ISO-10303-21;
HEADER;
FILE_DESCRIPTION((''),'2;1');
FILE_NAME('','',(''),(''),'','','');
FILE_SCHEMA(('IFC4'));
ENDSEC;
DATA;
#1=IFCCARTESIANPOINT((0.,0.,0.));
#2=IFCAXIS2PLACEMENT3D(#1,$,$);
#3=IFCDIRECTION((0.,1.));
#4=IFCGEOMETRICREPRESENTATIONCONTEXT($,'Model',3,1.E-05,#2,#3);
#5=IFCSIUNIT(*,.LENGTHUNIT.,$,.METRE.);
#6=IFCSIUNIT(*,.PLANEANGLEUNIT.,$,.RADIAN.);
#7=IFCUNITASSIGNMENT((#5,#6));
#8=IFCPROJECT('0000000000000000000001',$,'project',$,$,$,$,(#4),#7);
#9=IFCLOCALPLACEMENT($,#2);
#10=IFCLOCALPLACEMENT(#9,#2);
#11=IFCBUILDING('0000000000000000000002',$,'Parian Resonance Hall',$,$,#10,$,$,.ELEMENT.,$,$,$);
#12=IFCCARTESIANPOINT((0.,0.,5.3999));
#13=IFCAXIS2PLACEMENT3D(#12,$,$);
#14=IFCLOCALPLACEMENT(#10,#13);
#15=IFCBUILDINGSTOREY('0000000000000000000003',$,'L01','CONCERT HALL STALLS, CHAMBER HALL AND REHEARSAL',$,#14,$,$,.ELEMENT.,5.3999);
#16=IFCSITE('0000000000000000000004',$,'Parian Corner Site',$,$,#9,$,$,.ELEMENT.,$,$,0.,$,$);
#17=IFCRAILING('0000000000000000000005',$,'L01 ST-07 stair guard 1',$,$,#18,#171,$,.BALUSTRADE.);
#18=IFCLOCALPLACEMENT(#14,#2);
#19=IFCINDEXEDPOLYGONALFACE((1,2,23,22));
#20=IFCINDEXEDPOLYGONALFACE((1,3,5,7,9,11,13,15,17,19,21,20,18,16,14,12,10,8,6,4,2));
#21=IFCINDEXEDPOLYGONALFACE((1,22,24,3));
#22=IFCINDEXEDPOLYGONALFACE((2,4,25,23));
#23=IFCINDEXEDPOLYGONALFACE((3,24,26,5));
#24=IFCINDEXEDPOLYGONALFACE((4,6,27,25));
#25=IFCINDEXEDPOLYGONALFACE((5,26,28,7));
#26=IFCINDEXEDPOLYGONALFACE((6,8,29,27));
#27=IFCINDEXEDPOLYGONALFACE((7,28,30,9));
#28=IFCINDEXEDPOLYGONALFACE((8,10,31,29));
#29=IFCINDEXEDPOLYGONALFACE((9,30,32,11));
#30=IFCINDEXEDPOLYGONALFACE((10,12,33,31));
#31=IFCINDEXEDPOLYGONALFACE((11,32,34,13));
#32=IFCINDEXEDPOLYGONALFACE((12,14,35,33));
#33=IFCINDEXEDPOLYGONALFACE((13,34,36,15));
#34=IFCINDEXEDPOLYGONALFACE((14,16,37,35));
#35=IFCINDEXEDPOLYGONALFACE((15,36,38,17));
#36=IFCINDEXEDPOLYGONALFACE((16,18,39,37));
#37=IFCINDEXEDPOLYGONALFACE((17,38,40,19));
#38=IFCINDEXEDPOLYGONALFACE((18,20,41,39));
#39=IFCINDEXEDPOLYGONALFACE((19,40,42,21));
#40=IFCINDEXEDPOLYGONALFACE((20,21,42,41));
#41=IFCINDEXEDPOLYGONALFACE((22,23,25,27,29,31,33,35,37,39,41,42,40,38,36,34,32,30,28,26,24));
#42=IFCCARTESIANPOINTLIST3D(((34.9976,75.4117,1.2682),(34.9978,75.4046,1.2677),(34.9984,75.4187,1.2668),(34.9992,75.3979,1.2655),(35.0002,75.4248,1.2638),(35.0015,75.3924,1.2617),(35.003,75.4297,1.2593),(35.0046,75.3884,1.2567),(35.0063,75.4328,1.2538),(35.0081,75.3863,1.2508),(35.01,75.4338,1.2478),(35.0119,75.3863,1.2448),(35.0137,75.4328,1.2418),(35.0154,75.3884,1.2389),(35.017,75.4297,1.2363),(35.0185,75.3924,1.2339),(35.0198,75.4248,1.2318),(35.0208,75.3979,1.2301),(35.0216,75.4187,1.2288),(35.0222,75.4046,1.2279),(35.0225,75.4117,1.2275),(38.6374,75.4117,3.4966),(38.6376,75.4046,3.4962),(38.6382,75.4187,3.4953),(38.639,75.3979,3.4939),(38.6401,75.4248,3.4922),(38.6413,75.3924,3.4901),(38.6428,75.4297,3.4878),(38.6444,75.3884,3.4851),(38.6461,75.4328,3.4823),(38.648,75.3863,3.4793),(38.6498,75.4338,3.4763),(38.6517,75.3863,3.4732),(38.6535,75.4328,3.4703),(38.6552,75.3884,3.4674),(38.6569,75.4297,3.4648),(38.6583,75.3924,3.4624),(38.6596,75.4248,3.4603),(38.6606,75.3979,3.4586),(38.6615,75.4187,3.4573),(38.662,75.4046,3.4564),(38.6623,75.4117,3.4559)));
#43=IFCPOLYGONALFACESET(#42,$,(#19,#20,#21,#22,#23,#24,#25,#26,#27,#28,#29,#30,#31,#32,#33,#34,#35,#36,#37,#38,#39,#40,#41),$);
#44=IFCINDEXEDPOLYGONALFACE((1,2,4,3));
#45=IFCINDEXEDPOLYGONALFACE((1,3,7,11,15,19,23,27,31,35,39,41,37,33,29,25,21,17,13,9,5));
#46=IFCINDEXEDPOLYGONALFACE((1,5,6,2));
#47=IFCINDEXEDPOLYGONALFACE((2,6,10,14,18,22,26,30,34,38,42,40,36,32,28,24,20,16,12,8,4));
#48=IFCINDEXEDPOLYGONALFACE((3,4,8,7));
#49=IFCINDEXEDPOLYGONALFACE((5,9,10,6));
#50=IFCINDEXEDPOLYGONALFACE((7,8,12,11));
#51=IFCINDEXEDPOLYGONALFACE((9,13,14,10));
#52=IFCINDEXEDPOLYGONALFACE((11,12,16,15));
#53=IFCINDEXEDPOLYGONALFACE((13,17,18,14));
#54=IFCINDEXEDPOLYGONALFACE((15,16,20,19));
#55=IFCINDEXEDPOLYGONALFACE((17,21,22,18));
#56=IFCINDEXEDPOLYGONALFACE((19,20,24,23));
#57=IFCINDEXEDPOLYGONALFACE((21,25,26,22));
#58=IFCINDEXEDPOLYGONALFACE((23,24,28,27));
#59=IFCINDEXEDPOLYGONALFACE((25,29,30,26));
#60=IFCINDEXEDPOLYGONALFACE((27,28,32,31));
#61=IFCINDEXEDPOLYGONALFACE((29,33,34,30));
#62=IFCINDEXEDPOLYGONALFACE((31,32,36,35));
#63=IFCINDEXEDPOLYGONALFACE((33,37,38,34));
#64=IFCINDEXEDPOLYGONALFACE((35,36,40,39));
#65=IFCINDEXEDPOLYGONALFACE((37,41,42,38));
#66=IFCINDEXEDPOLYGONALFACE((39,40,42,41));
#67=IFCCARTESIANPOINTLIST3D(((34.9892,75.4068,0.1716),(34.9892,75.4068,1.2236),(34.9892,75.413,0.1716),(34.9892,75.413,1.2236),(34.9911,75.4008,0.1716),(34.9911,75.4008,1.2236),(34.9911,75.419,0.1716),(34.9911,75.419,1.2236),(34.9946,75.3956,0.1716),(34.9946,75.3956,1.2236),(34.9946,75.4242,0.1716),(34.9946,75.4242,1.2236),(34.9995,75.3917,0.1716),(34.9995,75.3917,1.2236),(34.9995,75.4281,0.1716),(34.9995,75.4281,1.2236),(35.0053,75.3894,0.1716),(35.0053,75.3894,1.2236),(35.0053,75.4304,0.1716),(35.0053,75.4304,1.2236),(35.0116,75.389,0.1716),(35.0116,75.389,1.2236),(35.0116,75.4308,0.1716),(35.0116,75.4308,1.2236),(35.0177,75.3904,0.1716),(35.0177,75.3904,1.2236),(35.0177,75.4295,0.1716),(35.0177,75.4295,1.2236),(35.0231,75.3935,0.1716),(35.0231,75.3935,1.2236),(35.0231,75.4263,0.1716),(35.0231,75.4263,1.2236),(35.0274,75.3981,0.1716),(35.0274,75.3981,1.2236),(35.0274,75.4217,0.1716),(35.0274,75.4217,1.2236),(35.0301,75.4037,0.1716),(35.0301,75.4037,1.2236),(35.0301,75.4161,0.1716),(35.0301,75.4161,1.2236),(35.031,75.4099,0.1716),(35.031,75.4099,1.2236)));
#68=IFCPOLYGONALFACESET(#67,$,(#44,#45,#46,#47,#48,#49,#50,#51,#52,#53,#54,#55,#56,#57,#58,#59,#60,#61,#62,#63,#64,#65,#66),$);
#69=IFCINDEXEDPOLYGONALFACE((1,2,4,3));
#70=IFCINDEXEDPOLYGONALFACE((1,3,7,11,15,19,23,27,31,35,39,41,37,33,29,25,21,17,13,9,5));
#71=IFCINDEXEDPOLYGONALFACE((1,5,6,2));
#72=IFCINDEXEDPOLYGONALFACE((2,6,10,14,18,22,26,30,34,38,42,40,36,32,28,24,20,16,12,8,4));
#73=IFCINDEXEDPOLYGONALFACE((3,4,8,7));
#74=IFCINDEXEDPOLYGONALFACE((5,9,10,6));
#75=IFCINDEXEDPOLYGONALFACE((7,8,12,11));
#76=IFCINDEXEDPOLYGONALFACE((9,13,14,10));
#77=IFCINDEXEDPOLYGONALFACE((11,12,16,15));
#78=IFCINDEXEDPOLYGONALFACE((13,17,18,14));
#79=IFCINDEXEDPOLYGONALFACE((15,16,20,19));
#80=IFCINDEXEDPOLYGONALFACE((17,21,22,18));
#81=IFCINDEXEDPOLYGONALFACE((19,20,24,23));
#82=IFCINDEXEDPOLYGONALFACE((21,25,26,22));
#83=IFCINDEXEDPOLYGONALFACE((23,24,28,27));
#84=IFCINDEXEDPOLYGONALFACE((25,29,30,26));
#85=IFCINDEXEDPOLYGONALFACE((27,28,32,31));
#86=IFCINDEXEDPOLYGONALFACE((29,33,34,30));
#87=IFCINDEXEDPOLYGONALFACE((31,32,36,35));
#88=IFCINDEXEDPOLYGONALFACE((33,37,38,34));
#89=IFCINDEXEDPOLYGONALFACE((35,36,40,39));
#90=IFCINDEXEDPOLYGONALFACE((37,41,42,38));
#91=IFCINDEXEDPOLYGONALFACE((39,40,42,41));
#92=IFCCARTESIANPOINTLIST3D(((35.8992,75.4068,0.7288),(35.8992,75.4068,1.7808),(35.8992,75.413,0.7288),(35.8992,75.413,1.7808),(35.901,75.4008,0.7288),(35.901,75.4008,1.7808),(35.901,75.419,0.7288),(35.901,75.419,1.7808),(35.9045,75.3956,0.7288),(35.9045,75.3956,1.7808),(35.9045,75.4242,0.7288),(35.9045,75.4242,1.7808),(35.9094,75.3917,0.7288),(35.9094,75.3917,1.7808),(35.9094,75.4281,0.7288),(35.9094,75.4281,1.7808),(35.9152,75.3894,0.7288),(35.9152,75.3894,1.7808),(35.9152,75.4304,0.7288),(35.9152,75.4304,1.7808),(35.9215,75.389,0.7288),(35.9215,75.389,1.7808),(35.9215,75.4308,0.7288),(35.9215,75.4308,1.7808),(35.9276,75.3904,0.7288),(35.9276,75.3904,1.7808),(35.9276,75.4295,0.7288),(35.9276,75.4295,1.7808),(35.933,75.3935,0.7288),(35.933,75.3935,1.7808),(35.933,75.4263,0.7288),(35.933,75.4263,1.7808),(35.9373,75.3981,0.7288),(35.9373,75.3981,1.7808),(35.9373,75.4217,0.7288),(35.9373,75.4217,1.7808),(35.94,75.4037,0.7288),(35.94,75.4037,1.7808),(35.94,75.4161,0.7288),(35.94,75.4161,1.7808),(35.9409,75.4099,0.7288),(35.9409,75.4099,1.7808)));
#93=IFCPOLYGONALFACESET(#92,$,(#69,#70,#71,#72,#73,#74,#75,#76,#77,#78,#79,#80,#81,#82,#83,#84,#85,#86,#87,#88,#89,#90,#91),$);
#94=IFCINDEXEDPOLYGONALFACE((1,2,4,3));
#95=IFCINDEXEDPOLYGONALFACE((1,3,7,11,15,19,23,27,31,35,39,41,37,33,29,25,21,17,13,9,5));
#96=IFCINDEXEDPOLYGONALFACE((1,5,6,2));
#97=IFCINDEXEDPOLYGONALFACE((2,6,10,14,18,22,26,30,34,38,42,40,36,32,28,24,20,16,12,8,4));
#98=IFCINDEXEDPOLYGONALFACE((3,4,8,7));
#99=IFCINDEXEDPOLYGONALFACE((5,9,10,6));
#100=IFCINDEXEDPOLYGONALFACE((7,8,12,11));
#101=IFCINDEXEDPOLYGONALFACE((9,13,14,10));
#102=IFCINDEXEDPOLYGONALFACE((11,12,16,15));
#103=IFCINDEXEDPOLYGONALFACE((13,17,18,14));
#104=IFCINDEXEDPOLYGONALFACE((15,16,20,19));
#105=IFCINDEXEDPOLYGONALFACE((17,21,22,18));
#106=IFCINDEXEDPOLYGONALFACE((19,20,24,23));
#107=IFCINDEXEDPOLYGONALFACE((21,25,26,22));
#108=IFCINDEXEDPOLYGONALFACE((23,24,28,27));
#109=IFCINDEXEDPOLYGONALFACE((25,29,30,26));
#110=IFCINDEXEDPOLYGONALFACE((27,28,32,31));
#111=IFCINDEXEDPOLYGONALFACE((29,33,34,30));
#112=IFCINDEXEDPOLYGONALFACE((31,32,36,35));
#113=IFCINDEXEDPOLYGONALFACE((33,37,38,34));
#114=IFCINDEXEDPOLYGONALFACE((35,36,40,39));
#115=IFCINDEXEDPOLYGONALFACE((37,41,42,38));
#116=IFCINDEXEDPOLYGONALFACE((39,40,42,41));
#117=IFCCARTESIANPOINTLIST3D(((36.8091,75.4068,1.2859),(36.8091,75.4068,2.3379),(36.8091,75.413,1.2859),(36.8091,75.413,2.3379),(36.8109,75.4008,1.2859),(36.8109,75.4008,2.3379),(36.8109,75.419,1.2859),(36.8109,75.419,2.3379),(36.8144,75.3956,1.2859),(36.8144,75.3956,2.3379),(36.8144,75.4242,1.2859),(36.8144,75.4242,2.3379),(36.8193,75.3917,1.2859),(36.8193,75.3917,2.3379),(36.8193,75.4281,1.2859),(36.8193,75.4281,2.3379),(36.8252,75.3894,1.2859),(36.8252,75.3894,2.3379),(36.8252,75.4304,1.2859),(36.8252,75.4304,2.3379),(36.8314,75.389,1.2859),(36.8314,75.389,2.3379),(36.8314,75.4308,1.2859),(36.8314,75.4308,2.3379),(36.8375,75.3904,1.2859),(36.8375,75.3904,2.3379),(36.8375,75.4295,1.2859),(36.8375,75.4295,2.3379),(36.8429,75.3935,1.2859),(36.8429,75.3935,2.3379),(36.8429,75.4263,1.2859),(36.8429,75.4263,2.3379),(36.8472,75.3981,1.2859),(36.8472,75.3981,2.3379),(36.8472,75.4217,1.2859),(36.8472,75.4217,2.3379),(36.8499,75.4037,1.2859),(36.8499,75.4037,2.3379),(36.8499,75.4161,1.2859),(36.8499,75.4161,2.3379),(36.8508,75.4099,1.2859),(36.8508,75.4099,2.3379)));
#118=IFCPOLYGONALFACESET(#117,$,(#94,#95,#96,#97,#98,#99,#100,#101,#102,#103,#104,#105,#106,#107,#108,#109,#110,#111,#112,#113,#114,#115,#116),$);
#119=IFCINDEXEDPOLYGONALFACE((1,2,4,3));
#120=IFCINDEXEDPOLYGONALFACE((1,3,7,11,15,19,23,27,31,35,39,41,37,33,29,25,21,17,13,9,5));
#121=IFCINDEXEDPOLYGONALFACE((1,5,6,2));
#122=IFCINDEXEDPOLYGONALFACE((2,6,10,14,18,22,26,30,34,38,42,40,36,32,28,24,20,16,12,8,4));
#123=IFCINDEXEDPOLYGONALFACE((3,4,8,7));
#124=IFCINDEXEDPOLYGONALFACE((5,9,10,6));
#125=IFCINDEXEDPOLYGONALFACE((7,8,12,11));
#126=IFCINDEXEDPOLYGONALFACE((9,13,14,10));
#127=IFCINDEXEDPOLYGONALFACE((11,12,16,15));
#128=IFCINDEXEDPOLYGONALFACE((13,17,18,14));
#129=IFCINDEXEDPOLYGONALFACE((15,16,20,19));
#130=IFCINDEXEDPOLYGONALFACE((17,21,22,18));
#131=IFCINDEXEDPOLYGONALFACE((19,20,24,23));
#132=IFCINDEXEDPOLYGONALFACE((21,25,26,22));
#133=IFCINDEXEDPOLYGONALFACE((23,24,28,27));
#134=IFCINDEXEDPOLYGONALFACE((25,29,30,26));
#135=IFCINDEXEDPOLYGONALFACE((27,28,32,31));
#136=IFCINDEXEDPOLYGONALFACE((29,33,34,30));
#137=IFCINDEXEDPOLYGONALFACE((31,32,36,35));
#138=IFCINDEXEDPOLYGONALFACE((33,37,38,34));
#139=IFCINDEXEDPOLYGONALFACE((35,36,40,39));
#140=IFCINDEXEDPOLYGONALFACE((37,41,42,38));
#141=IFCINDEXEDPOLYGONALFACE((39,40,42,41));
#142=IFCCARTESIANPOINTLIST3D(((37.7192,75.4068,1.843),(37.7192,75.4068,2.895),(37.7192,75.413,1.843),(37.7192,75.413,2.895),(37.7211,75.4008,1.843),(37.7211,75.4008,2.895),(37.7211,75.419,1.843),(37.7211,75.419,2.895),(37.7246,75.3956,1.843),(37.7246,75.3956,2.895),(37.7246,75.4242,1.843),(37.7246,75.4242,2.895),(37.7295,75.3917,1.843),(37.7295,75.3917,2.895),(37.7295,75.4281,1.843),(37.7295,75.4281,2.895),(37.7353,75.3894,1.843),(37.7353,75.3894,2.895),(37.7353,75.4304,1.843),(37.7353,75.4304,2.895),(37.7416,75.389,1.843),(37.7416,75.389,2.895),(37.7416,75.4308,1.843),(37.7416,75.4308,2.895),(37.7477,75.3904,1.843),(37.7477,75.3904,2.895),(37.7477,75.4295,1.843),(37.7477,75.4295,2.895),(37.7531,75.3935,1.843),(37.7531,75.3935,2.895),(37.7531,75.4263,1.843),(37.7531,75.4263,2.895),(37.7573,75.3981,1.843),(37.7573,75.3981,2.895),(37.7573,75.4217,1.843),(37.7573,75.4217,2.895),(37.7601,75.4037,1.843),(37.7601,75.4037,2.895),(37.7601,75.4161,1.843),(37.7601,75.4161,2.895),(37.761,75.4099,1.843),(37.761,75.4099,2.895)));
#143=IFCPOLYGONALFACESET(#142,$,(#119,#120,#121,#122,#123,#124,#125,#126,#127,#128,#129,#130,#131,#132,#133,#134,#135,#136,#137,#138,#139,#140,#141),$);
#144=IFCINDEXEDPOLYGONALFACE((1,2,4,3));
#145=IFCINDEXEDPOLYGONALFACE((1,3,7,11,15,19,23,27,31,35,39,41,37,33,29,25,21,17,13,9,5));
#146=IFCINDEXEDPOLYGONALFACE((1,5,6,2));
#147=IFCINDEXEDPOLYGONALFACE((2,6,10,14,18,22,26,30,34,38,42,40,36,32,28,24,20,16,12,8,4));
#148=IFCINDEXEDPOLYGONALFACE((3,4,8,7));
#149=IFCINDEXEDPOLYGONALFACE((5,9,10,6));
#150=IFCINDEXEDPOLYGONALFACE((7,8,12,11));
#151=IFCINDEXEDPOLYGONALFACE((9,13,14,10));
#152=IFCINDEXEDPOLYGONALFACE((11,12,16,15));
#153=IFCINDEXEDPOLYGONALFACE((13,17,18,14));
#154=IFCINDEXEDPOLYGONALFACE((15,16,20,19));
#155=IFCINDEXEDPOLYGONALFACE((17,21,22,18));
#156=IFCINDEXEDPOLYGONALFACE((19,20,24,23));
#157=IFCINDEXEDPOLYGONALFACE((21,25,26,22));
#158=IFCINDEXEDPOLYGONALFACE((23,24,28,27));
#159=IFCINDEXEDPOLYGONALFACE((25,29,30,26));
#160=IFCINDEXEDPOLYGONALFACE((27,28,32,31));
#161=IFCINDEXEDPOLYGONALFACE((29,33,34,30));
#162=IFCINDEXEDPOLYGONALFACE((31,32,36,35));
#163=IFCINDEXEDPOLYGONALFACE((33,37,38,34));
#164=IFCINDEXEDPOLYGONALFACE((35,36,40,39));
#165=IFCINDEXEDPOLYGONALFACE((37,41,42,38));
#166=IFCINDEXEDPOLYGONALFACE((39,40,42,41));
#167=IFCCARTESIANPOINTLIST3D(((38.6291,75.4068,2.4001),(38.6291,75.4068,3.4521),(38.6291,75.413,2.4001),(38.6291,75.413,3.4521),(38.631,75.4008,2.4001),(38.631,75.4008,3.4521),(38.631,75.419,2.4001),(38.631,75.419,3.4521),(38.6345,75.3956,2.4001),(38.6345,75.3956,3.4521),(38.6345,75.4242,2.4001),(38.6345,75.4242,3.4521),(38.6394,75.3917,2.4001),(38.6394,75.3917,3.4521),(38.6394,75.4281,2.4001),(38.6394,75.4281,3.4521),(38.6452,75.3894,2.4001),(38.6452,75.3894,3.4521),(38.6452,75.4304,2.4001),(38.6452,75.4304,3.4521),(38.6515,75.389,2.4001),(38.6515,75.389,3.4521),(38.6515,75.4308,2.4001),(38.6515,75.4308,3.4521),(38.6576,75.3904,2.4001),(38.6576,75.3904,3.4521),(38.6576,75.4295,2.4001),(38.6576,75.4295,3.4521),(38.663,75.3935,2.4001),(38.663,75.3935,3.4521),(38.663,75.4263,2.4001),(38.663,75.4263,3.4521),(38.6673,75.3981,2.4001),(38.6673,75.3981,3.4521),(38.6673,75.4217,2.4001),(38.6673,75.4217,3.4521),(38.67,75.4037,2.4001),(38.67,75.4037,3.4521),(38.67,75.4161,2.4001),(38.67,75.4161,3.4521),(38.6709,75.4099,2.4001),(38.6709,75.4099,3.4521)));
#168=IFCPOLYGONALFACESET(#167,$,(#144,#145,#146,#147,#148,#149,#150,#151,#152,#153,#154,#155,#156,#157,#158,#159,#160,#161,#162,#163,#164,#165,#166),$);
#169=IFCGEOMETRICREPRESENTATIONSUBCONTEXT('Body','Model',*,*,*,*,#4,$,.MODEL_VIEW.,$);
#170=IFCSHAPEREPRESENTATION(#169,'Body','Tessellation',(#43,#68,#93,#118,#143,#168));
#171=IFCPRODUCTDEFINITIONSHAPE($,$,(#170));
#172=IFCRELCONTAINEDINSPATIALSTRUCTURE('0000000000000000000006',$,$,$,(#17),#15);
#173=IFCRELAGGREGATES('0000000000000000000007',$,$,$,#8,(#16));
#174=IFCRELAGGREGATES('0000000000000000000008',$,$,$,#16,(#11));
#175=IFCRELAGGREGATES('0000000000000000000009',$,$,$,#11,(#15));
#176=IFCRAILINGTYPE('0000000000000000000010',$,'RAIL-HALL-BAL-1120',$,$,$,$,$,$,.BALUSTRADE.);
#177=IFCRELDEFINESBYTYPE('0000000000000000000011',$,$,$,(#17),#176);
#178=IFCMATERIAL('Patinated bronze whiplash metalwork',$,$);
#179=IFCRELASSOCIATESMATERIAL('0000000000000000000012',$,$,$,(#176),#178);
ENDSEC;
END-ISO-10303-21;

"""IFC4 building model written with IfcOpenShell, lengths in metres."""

from ifc_helpers import new_model, si_unit, direction, frame, origin, origin_2d, place, context, subcontext, project, spatial, circle, extrude, material, type_object, element, save


model = new_model("IFC4")

# Units and contexts
model_context = context("Model", 3, precision=1e-05, world=origin(), true_north=direction((0.0, 1.0)))
body_context = subcontext(model_context, "Body", "Model", "MODEL_VIEW")
ifc_project = project(units=[si_unit("LENGTHUNIT", "METRE"), si_unit("PLANEANGLEUNIT", "RADIAN")], contexts=[model_context])

# Site, building, storey
site_placement = place(None, origin())
site = spatial("IfcSite", under=ifc_project, at=site_placement, Name="Parian Corner Site", CompositionType="ELEMENT", RefElevation=0.0)
building_placement = place(site_placement, origin())
building = spatial("IfcBuilding", under=site, at=building_placement, Name="Parian Resonance Hall", CompositionType="ELEMENT")
storey_placement = place(building_placement, frame((0.0, 0.0, 5.3999)))
storey = spatial("IfcBuildingStorey", under=building, at=storey_placement, Name="L01", Description="CONCERT HALL STALLS, CHAMBER HALL AND REHEARSAL", CompositionType="ELEMENT", Elevation=5.3999)

# Railing
ifc_material_1 = material(Name="Patinated bronze whiplash metalwork")
railing_type_1 = type_object("IfcRailingType", Name="RAIL-HALL-BAL-1120", PredefinedType="BALUSTRADE", material=ifc_material_1)
railing_1_placement = place(storey_placement, frame((35.01, 75.4099, 0.1716)))
element("IfcRailing", 1, at=railing_1_placement, inside=storey, type_object=railing_type_1, Name="L01 ST-07 stair guard 1", PredefinedType="BALUSTRADE", context=body_context, shape_type="SweptSolid", body=[
    extrude(circle(Radius=0.0239, at=origin_2d()), frame((0.0, 0.0, 1.0762), z_axis=(0.85285, 0.0, 0.522156), x_axis=(0.0, 1.0, 0.0)), (0.0, 0.0, 1.0), 4.2678),
    extrude(circle(Radius=0.021, at=origin_2d()), origin(), (0.0, 0.0, 1.0), 1.052),
    extrude(circle(Radius=0.021, at=origin_2d()), frame((0.9099, 0.0, 0.5571)), (0.0, 0.0, 1.0), 1.052),
    extrude(circle(Radius=0.021, at=origin_2d()), frame((1.8198, 0.0, 1.1143)), (0.0, 0.0, 1.0), 1.052),
    extrude(circle(Radius=0.021, at=origin_2d()), frame((2.73, 0.0, 1.6714)), (0.0, 0.0, 1.0), 1.052),
    extrude(circle(Radius=0.021, at=origin_2d()), frame((3.6399, 0.0, 2.2285)), (0.0, 0.0, 1.0), 1.052),
])

save(model, "model.ifc")
